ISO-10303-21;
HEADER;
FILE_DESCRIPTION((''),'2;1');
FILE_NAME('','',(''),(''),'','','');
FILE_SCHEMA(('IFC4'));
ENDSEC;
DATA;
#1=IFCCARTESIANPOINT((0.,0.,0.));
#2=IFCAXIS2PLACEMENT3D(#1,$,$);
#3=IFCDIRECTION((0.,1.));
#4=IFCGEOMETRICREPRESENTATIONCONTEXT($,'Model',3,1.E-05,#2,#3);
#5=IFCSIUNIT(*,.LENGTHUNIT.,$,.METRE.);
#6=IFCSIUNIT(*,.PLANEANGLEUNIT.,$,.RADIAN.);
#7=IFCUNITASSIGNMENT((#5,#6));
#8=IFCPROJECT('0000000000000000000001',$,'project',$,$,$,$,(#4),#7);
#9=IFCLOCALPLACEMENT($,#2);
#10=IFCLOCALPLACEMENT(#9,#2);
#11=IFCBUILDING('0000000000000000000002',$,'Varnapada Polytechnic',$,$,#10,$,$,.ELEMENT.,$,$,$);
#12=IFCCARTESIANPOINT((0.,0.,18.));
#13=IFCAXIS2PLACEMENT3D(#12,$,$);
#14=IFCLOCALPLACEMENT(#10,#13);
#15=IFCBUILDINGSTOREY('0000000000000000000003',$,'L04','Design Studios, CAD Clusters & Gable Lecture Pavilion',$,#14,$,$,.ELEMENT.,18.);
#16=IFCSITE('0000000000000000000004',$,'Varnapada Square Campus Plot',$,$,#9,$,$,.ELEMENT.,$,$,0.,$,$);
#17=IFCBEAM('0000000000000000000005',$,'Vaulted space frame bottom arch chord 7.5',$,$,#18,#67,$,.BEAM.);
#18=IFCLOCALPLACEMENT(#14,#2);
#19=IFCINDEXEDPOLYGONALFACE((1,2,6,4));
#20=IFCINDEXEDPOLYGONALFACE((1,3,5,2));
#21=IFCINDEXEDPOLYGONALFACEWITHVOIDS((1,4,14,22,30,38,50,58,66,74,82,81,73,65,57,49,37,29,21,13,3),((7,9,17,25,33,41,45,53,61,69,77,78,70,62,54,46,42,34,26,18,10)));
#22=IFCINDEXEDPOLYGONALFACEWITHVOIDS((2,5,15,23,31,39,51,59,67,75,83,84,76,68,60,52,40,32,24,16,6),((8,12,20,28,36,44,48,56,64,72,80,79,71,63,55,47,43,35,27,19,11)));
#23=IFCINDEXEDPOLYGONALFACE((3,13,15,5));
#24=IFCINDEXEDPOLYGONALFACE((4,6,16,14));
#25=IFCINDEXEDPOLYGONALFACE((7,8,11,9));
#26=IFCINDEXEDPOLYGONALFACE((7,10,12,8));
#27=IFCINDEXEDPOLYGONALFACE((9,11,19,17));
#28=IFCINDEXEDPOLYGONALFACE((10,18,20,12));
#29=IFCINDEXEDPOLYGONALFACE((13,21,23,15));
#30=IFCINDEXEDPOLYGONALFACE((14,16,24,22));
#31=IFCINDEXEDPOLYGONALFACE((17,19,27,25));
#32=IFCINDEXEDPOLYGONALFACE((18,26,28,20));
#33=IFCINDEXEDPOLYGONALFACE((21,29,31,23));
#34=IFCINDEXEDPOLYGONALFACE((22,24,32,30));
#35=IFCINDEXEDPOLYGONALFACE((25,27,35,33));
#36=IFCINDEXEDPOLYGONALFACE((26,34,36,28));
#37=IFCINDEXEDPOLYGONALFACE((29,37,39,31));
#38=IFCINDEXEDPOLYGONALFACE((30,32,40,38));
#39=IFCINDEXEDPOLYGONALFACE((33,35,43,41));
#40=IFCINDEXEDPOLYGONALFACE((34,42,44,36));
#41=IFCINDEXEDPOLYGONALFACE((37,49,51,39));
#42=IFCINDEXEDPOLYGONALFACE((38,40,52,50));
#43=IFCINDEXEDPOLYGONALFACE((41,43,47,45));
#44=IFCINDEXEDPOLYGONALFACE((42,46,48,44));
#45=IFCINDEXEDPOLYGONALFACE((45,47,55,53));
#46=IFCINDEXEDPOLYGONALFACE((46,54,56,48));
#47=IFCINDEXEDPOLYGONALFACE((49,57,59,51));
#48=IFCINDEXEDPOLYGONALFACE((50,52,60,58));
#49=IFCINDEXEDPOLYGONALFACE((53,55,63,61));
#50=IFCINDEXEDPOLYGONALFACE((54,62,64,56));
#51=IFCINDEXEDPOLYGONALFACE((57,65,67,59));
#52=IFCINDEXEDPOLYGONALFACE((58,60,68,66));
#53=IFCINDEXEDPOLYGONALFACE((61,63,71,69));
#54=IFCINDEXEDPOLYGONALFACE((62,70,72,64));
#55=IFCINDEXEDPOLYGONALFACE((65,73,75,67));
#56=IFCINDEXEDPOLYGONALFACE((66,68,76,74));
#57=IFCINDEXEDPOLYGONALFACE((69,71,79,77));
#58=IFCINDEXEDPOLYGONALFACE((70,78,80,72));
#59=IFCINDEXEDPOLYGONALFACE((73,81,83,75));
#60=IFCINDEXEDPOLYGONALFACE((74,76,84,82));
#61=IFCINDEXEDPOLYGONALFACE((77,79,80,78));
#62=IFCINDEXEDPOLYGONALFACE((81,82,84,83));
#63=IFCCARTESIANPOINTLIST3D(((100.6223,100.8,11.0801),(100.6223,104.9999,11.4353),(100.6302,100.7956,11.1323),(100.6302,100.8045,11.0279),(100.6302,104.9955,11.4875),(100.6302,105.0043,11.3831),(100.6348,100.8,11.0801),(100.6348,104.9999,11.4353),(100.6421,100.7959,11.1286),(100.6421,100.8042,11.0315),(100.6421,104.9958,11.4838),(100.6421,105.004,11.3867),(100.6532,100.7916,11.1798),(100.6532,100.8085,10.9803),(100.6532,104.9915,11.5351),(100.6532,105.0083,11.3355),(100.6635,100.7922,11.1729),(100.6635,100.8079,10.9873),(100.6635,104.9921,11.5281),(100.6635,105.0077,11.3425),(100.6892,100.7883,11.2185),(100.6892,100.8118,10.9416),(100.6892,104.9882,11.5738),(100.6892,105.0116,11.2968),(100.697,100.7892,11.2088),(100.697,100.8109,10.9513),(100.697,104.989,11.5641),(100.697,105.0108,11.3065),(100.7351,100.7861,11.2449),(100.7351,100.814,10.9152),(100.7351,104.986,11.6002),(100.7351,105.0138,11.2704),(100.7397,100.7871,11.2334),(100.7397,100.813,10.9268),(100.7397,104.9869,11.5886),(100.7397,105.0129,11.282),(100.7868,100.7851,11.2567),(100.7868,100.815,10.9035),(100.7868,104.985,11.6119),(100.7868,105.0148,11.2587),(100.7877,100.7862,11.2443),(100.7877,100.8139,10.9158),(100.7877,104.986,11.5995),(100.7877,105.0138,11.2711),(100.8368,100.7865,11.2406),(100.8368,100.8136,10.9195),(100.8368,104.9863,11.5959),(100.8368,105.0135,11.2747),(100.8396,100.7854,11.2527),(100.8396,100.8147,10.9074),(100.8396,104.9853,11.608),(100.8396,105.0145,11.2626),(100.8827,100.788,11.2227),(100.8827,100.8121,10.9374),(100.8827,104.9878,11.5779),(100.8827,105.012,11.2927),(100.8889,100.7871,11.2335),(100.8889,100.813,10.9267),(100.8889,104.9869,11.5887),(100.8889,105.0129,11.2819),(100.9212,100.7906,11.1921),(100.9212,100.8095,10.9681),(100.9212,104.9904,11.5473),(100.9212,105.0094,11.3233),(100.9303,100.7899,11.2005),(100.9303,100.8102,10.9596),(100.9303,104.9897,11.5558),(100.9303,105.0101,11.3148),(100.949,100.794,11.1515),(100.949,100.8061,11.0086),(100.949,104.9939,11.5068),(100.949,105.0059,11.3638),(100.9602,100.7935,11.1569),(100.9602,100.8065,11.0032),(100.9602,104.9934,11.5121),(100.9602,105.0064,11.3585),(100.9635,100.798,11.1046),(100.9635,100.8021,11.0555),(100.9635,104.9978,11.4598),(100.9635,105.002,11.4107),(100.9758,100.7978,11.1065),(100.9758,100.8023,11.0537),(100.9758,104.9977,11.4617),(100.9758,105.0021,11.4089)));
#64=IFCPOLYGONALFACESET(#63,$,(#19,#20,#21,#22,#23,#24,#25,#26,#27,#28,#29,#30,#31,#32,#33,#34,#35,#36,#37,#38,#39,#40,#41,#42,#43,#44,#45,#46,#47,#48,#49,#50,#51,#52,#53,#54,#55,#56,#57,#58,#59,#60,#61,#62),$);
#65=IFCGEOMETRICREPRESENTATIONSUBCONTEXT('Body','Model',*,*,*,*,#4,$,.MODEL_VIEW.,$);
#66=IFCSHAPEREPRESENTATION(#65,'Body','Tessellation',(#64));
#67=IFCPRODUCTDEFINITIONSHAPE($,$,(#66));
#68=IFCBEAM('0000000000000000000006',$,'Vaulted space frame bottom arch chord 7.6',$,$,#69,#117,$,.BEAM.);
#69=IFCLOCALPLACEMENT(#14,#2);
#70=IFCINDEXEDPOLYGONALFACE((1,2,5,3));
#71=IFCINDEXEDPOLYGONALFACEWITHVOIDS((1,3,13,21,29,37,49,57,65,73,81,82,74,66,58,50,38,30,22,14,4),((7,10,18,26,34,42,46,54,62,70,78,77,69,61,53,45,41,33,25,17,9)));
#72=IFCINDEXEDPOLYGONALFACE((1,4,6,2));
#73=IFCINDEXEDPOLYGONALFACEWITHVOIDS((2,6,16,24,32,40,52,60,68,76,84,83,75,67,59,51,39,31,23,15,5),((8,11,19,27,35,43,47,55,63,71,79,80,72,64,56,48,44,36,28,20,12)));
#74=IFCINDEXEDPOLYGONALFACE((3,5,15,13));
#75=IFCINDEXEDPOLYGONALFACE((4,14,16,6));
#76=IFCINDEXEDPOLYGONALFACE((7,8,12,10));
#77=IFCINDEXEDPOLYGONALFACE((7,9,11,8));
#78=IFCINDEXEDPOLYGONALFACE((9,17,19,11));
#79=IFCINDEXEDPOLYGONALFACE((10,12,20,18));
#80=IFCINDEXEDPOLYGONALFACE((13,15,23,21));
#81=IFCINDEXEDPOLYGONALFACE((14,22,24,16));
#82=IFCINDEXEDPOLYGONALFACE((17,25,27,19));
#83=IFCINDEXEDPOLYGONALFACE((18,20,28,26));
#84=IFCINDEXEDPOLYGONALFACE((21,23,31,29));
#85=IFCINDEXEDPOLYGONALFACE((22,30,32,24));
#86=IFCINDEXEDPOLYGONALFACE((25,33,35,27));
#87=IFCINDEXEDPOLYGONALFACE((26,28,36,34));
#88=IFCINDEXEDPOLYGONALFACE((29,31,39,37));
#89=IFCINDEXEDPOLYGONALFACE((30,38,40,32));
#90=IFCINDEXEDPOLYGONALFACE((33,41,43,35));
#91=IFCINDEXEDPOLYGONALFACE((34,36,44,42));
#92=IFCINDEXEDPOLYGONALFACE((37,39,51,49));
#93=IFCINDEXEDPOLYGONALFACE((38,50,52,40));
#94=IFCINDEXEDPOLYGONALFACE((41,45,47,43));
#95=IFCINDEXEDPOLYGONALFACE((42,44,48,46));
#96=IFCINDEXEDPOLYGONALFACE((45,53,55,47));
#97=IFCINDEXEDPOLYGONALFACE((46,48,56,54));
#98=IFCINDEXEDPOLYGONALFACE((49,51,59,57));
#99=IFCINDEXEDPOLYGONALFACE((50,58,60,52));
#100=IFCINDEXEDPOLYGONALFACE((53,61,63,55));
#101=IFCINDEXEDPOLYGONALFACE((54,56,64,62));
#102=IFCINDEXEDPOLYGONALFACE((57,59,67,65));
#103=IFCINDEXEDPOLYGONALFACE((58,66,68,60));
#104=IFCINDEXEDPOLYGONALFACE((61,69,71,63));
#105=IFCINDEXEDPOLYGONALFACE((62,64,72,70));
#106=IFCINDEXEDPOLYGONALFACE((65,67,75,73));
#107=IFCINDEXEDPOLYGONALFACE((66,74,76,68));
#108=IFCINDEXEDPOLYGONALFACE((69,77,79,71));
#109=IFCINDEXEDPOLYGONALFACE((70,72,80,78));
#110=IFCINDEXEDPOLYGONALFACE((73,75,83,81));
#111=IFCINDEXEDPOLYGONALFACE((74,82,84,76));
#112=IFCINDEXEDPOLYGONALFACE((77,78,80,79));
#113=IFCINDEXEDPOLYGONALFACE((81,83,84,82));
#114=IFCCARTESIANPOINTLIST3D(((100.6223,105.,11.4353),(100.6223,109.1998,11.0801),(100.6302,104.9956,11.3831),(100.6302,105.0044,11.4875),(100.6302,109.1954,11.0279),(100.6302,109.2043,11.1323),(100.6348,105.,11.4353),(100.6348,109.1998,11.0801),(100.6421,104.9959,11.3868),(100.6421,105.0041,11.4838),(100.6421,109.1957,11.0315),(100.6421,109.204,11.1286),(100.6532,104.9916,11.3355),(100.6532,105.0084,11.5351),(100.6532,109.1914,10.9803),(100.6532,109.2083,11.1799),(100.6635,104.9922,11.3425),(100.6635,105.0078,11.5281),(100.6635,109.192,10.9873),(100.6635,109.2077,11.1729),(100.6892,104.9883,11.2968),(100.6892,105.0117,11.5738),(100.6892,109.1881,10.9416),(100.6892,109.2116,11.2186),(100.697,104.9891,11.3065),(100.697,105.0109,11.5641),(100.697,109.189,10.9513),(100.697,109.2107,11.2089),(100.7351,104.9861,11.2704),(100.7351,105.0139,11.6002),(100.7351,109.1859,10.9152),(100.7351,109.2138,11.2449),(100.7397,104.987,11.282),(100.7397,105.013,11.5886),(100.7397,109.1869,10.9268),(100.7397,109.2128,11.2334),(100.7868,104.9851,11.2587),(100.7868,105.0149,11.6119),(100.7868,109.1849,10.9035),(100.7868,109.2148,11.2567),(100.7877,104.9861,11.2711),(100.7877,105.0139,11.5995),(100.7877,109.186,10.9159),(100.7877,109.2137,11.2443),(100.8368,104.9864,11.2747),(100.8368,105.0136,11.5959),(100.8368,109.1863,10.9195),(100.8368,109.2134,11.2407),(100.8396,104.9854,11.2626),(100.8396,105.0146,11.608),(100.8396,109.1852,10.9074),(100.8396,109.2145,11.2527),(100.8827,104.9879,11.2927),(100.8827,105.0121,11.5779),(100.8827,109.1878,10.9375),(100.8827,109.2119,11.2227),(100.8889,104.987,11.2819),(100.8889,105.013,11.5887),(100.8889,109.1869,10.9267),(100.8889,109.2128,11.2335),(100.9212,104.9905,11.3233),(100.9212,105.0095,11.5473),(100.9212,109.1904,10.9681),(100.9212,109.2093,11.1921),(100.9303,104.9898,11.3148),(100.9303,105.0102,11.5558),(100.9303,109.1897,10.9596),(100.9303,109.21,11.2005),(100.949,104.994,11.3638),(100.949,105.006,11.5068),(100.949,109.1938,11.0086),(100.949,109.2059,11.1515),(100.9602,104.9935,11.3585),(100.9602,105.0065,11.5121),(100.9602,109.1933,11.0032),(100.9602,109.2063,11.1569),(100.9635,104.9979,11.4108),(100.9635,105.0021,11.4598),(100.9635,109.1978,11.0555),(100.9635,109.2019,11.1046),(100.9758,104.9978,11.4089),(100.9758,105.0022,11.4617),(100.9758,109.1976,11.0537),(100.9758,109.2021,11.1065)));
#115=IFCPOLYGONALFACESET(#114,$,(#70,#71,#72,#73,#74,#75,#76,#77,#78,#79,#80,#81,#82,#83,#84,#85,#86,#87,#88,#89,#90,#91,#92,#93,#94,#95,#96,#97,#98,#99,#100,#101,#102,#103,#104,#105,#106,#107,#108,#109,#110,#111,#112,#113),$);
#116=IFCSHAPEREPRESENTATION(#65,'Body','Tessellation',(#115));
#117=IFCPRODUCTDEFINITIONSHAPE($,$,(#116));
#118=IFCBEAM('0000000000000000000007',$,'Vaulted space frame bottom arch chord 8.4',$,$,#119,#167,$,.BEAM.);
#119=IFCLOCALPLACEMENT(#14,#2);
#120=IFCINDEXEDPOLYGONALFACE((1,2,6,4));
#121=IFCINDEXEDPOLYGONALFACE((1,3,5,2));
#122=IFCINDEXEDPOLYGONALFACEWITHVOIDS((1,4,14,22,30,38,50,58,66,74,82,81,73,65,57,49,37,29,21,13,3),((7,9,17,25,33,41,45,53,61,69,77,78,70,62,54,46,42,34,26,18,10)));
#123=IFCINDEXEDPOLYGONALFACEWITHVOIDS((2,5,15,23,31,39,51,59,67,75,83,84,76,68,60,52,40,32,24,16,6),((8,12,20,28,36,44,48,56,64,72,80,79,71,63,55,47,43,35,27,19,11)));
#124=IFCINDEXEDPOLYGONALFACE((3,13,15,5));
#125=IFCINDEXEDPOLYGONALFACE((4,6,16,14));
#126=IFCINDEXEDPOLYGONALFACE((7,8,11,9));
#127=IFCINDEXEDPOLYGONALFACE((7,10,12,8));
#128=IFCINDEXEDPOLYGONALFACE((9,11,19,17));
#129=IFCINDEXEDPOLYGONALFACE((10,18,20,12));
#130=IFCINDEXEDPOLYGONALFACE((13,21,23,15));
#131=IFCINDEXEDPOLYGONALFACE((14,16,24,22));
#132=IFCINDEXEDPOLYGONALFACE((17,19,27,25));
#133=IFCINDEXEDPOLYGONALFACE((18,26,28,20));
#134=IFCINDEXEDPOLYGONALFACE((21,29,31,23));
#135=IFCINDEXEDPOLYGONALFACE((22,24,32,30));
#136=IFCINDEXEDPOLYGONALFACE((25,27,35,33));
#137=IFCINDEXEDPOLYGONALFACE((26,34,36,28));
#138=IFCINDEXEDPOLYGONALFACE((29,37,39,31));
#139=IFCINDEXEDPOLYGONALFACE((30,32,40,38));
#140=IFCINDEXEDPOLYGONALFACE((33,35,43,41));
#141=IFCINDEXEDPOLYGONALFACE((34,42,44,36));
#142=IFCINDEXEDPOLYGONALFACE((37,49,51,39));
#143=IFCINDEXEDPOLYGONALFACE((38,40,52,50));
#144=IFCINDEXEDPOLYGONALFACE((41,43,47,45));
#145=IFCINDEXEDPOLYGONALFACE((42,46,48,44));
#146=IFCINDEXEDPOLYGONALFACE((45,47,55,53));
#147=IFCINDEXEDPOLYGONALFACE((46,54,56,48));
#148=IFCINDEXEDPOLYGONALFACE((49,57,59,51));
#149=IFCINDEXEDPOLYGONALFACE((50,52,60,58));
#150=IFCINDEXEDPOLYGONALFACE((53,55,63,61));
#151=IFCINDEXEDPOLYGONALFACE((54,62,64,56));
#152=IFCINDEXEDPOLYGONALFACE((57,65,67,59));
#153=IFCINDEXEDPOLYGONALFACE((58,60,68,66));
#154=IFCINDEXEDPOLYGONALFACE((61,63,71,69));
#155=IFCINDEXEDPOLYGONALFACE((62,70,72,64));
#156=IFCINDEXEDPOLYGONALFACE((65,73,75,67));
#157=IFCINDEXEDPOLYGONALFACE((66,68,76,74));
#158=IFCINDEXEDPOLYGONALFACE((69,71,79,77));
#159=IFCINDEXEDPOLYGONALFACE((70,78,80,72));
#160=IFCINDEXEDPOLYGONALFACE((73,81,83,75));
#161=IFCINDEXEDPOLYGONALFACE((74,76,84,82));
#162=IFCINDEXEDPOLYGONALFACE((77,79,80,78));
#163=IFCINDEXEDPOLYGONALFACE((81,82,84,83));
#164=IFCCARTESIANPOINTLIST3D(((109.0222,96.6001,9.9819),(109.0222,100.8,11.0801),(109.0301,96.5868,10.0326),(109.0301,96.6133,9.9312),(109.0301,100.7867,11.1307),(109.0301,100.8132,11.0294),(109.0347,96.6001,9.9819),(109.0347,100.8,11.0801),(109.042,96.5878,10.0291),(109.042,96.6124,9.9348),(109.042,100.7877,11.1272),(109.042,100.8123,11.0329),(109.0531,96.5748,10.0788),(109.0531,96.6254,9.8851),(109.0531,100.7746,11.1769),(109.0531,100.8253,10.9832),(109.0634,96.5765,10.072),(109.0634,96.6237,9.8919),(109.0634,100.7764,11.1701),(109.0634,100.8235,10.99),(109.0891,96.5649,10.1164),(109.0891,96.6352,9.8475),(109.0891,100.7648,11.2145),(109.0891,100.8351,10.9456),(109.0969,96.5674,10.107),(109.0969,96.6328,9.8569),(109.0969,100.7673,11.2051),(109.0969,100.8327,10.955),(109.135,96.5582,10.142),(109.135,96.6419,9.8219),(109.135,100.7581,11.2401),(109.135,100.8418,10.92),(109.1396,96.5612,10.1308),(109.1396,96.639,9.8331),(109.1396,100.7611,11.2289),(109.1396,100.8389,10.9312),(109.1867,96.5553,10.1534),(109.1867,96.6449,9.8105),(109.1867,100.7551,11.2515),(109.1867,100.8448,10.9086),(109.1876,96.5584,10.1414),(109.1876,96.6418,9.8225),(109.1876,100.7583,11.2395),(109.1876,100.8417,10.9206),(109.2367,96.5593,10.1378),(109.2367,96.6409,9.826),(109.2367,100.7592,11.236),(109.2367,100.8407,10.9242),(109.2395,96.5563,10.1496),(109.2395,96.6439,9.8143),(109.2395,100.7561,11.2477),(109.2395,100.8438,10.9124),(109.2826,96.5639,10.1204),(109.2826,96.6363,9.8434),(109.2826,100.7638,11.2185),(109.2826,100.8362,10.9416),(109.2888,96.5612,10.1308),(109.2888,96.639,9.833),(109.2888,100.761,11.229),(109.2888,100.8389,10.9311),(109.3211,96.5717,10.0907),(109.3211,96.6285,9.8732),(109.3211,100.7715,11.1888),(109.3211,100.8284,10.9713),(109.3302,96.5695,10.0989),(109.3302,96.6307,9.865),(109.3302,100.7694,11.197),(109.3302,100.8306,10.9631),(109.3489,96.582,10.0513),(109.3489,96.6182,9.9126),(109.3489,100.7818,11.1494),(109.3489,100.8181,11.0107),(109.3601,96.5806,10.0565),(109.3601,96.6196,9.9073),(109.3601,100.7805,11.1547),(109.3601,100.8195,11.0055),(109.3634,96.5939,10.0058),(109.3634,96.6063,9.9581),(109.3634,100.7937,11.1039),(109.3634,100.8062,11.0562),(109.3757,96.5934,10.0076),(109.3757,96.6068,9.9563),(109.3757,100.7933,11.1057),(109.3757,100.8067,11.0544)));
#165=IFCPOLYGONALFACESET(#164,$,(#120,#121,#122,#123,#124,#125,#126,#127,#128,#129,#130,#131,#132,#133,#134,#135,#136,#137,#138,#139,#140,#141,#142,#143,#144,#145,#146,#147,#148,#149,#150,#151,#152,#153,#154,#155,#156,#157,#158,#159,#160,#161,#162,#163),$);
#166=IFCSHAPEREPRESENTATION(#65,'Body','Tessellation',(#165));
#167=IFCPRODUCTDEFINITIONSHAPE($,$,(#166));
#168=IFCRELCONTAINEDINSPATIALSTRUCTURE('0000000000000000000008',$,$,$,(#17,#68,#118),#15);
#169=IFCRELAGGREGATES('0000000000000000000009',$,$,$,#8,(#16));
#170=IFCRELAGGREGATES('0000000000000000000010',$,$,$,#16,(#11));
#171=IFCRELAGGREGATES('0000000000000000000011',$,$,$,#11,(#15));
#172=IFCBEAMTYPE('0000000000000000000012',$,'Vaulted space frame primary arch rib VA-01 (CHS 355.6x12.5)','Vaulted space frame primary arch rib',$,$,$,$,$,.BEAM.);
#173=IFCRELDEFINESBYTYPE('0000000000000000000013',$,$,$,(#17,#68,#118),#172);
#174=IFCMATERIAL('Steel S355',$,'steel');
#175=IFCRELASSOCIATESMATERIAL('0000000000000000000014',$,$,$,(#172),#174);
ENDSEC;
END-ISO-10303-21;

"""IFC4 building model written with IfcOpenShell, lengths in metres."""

from ifc_helpers import new_model, si_unit, direction, frame, origin, origin_2d, place, context, subcontext, project, spatial, hollow_circle, extrude, material, material_profile, profile_set, type_object, element, save


model = new_model("IFC4")

# Units and contexts
model_context = context("Model", 3, precision=1e-05, world=origin(), true_north=direction((0.0, 1.0)))
body_context = subcontext(model_context, "Body", "Model", "MODEL_VIEW")
ifc_project = project(units=[si_unit("LENGTHUNIT", "METRE"), si_unit("PLANEANGLEUNIT", "RADIAN")], contexts=[model_context])

# Site, building, storey
site_placement = place(None, origin())
site = spatial("IfcSite", under=ifc_project, at=site_placement, Name="Varnapada Square Campus Plot", CompositionType="ELEMENT", RefElevation=0.0)
building_placement = place(site_placement, origin())
building = spatial("IfcBuilding", under=site, at=building_placement, Name="Varnapada Polytechnic", CompositionType="ELEMENT")
storey_placement = place(building_placement, frame((0.0, 0.0, 18.0)))
storey = spatial("IfcBuildingStorey", under=building, at=storey_placement, Name="L04", Description="Design Studios, CAD Clusters & Gable Lecture Pavilion", CompositionType="ELEMENT", Elevation=18.0)

# Shared definitions
ifc_material = material(Name="Steel S355", Category="steel")

# Beams
ifc_material_profile_1 = material_profile(ifc_material, hollow_circle(Radius=0.1777, WallThickness=0.0125, at=origin_2d()), Name="CHS 355.6x12.5")
ifc_profile_set_1 = profile_set([ifc_material_profile_1], Name="Steel S355")
beam_type_1 = type_object("IfcBeamType", Name="Vaulted space frame primary arch rib VA-01 (CHS 355.6x12.5)", Description="Vaulted space frame primary arch rib", PredefinedType="BEAM", material=ifc_profile_set_1)
for number, where, z_axis, x_axis, name in (
    (1, (100.8, 100.8, 11.0801), (0.0, 0.996442, 0.084277), (-1.0, 0.0, 0.0), "Vaulted space frame bottom arch chord 7.5"),
    (2, (100.8, 105.0, 11.4353), (0.0, 0.996442, -0.084277), (-1.0, 0.0, 0.0), "Vaulted space frame bottom arch chord 7.6"),
):
    element("IfcBeam", number, at=place(storey_placement, frame(where, z_axis=z_axis, x_axis=x_axis)), inside=storey, type_object=beam_type_1, Name=name, PredefinedType="BEAM", context=body_context, shape_type="SweptSolid", body=[
        extrude(hollow_circle(Radius=0.1777, WallThickness=0.0125, at=origin_2d()), origin(), (0.0, 0.0, 1.0), 4.2148),
    ])
beam_1_placement = place(storey_placement, frame((109.2, 96.6001, 9.9819), z_axis=(0.0, 0.967476, 0.252962), x_axis=(-1.0, 0.0, 0.0)))
element("IfcBeam", 3, at=beam_1_placement, inside=storey, type_object=beam_type_1, Name="Vaulted space frame bottom arch chord 8.4", PredefinedType="BEAM", context=body_context, shape_type="SweptSolid", body=[
    extrude(hollow_circle(Radius=0.1777, WallThickness=0.0125, at=origin_2d()), origin(), (0.0, 0.0, 1.0), 4.3411),
])

save(model, "model.ifc")
